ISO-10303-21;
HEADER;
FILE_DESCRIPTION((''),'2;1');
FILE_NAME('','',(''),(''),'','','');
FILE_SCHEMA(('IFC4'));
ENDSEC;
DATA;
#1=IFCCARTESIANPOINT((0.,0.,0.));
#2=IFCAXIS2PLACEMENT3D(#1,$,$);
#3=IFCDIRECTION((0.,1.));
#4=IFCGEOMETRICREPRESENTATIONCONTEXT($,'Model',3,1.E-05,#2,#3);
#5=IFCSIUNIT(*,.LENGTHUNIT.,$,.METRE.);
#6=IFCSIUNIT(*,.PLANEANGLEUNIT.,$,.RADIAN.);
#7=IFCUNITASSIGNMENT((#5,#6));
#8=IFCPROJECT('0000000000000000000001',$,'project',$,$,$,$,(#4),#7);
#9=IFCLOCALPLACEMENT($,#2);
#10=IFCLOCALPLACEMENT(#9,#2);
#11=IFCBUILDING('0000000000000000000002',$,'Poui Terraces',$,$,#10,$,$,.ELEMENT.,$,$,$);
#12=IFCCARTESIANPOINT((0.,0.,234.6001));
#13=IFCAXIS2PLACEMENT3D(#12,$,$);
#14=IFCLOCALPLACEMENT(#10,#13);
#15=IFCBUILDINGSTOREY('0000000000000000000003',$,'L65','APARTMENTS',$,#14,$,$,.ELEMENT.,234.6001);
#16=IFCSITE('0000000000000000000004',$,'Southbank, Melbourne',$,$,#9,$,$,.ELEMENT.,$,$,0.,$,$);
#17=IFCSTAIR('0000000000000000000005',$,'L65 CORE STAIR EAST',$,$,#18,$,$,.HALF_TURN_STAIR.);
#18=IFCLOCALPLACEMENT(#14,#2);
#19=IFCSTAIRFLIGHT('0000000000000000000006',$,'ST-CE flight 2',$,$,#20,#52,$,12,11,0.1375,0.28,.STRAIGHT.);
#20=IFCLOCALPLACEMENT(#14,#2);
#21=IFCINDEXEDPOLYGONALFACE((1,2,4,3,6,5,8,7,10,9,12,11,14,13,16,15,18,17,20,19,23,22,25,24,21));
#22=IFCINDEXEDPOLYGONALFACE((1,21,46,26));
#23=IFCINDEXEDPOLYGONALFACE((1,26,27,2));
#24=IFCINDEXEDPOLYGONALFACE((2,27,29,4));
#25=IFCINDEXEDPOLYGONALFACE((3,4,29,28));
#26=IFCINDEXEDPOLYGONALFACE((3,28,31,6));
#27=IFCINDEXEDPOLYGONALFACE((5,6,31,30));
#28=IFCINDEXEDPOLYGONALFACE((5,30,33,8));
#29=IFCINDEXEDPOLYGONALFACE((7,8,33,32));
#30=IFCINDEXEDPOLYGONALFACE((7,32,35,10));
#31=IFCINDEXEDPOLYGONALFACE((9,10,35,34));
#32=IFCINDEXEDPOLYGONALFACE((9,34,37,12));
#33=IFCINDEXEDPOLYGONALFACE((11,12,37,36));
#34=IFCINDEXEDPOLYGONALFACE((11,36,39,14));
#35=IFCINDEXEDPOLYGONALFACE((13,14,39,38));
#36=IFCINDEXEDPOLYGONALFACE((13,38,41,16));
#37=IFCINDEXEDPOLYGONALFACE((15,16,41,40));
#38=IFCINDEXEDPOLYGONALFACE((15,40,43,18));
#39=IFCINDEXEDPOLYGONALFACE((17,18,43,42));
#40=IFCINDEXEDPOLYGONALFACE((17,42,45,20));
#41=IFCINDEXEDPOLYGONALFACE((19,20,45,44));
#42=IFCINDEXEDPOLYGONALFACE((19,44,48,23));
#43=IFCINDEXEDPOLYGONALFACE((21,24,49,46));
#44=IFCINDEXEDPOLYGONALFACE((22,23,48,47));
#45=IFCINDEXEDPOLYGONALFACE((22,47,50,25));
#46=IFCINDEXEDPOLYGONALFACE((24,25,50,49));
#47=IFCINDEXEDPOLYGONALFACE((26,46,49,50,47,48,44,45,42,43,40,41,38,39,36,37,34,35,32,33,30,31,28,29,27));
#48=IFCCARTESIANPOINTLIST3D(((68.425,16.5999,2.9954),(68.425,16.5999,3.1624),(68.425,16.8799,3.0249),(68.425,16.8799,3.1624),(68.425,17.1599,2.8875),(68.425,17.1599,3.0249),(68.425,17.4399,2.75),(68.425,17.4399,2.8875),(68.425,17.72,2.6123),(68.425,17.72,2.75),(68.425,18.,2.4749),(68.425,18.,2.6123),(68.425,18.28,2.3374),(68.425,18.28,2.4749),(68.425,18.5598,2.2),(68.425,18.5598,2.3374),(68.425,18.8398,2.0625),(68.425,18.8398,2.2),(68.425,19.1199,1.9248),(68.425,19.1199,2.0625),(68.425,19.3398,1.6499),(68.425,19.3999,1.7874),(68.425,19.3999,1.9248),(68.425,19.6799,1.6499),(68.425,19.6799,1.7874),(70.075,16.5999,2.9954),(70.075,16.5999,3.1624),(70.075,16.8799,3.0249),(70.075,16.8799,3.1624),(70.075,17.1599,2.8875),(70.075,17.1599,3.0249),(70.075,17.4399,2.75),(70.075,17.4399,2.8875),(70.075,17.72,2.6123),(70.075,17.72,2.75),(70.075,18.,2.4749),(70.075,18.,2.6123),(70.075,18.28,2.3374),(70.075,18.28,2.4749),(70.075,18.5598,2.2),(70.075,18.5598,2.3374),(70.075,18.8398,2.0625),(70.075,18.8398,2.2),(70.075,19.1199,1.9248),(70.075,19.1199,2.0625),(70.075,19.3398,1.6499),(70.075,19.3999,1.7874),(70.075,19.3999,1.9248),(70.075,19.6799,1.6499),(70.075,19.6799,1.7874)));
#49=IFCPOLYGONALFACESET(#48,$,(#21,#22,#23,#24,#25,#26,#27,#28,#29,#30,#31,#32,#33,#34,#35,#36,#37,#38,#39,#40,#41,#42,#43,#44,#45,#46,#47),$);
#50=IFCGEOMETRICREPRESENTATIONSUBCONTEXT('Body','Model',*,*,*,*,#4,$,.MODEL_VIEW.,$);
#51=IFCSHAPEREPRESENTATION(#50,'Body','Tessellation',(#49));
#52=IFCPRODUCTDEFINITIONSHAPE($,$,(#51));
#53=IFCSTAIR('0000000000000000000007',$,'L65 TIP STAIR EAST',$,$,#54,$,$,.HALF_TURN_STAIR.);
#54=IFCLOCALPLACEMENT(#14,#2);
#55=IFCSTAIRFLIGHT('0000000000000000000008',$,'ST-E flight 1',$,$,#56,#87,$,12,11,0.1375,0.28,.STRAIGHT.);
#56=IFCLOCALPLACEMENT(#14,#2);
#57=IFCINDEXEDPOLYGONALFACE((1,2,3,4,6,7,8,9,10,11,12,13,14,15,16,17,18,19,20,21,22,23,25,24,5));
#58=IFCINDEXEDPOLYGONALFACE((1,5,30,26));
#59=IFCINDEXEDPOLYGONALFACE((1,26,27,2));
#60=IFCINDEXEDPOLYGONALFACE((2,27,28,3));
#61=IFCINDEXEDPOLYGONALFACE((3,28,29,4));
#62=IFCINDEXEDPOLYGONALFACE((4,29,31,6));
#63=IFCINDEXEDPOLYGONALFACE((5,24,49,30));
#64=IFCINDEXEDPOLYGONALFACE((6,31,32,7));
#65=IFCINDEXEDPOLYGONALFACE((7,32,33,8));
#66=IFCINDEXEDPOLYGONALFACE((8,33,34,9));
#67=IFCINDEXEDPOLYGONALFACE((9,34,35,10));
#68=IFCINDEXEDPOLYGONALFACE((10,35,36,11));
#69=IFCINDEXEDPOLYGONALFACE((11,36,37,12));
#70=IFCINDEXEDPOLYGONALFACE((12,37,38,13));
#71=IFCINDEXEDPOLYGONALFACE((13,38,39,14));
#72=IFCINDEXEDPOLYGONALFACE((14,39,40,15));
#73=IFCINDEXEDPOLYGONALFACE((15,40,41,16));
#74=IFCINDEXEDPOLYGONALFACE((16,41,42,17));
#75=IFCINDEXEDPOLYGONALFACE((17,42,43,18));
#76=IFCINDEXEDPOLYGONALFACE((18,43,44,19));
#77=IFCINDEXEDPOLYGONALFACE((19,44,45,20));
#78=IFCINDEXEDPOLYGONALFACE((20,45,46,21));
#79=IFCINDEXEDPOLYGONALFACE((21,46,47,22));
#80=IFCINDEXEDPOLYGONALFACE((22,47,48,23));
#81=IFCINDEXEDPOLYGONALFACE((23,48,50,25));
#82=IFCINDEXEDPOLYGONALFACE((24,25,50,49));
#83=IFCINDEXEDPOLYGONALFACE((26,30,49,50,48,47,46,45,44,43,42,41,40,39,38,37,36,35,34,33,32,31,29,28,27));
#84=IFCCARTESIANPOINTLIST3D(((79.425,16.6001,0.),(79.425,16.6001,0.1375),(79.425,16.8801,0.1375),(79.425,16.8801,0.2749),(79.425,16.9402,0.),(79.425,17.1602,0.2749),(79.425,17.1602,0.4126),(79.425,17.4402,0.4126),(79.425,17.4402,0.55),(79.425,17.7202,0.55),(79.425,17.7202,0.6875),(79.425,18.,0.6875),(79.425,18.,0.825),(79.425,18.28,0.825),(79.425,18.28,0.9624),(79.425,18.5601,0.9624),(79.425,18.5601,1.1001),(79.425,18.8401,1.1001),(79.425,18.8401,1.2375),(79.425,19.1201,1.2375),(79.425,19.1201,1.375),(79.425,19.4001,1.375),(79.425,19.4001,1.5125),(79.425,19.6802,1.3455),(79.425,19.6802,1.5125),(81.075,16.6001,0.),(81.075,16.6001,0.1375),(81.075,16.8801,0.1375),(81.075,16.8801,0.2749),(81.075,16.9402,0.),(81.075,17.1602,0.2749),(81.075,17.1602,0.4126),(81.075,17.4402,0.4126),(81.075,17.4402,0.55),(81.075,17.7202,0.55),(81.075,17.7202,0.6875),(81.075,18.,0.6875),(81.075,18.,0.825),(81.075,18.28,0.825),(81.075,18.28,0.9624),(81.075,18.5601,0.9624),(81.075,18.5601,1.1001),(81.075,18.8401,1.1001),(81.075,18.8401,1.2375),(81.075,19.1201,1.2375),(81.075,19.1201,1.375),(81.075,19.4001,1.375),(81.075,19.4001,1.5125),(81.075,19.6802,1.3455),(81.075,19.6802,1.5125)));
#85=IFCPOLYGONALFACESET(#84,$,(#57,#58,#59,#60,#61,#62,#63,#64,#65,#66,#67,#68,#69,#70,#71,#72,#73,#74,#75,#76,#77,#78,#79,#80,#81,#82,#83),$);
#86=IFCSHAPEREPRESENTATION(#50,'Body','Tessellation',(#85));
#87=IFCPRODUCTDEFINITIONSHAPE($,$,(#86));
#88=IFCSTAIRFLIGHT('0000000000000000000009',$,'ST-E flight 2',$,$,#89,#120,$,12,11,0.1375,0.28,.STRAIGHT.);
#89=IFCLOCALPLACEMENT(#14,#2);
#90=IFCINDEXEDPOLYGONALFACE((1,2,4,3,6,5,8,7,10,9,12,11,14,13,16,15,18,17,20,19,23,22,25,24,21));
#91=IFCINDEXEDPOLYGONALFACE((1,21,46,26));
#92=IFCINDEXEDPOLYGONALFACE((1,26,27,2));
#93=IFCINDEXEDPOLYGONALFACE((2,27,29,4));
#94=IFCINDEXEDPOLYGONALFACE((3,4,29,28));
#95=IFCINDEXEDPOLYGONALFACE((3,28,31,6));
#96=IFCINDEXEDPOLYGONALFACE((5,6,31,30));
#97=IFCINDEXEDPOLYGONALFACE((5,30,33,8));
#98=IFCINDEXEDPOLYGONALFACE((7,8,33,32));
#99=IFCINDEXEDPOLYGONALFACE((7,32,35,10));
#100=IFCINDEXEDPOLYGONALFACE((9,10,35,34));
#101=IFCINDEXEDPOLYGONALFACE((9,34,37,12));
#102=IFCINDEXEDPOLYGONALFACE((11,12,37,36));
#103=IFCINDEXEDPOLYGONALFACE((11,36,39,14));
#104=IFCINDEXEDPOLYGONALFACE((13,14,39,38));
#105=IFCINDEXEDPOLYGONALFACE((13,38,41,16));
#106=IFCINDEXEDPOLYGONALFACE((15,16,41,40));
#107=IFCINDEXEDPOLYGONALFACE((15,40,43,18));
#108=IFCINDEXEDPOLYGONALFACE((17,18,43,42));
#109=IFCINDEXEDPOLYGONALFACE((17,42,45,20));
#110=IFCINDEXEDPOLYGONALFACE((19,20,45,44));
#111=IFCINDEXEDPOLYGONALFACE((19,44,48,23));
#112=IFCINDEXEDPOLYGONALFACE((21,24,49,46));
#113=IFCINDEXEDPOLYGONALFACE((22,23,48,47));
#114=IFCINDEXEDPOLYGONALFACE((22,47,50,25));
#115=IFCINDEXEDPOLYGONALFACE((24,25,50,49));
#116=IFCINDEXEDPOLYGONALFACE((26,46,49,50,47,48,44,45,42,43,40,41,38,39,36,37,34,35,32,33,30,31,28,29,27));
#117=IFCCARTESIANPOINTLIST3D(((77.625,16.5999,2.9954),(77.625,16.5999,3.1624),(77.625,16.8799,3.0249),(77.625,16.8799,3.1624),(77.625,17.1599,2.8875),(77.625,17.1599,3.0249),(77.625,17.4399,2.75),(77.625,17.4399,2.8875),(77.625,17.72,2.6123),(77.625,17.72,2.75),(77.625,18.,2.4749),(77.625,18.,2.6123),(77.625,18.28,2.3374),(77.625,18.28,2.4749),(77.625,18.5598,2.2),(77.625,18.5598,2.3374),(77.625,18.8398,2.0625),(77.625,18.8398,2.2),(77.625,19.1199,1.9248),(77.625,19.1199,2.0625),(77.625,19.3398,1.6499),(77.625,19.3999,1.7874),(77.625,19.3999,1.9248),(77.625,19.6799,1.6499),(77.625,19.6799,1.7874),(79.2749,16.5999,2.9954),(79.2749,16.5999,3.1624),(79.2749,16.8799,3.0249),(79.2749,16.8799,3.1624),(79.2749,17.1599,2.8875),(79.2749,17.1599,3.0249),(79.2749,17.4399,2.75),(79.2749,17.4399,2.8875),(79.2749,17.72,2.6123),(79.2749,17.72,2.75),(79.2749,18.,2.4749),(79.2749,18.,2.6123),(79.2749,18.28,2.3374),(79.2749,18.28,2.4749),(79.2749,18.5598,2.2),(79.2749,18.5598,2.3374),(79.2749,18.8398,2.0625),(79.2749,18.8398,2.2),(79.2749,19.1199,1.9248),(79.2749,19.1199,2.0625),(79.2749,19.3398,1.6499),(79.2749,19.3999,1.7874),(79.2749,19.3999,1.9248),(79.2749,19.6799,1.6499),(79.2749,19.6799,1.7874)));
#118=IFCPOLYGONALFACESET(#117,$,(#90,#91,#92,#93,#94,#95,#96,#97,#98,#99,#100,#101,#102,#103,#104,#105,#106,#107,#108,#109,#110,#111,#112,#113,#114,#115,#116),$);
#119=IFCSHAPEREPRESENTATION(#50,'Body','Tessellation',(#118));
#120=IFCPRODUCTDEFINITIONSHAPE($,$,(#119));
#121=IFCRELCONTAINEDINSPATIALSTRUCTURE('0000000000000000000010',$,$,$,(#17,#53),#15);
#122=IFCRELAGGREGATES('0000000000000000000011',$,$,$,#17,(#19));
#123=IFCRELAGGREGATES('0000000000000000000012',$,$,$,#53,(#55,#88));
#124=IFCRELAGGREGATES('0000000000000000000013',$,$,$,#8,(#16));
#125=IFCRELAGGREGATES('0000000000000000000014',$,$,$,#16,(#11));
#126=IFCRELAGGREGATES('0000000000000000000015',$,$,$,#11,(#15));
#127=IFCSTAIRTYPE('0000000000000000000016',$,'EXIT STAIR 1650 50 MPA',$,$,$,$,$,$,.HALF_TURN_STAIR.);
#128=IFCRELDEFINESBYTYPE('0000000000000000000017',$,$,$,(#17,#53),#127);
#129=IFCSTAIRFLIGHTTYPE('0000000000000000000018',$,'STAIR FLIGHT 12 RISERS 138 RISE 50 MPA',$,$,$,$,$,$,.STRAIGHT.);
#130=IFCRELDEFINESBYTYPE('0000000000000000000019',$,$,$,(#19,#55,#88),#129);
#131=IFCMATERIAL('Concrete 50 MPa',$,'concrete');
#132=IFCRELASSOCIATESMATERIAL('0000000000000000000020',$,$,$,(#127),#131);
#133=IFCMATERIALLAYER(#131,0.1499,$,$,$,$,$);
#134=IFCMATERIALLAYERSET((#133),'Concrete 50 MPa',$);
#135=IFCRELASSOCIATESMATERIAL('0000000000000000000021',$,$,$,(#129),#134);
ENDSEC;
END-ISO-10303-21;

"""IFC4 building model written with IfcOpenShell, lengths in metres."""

from ifc_helpers import new_model, si_unit, direction, frame, origin, place, context, subcontext, project, spatial, polyline, outline, extrude, material, layer, layer_set, type_object, element, aggregate, save


model = new_model("IFC4")

# Units and contexts
model_context = context("Model", 3, precision=1e-05, world=origin(), true_north=direction((0.0, 1.0)))
body_context = subcontext(model_context, "Body", "Model", "MODEL_VIEW")
ifc_project = project(units=[si_unit("LENGTHUNIT", "METRE"), si_unit("PLANEANGLEUNIT", "RADIAN")], contexts=[model_context])

# Site, building, storey
site_placement = place(None, origin())
site = spatial("IfcSite", under=ifc_project, at=site_placement, Name="Southbank, Melbourne", CompositionType="ELEMENT", RefElevation=0.0)
building_placement = place(site_placement, origin())
building = spatial("IfcBuilding", under=site, at=building_placement, Name="Poui Terraces", CompositionType="ELEMENT")
storey_placement = place(building_placement, frame((0.0, 0.0, 234.6001)))
storey = spatial("IfcBuildingStorey", under=building, at=storey_placement, Name="L65", Description="APARTMENTS", CompositionType="ELEMENT", Elevation=234.6001)

# Shared definitions
ifc_material_1 = material(Name="Concrete 50 MPa", Category="concrete")

# Stairs, stair flights
stair_type = type_object("IfcStairType", Name="EXIT STAIR 1650 50 MPA", PredefinedType="HALF_TURN_STAIR", material=ifc_material_1)
stair_1_placement = place(storey_placement, origin())
stair_1 = element("IfcStair", 1, at=stair_1_placement, inside=storey, type_object=stair_type, Name="L65 CORE STAIR EAST", PredefinedType="HALF_TURN_STAIR")
ifc_layer_1 = layer(ifc_material_1, 0.1499)
ifc_layer_set_1 = layer_set([ifc_layer_1], Name="Concrete 50 MPa")
stair_flight_type = type_object("IfcStairFlightType", Name="STAIR FLIGHT 12 RISERS 138 RISE 50 MPA", PredefinedType="STRAIGHT", material=ifc_layer_set_1)
stair_flight_1_placement = place(storey_placement, frame((69.25, 19.6799, 1.6499), z_axis=(0.0, 0.0, 1.0), x_axis=(0.0, -1.0, 0.0)))
stair_flight_1 = element("IfcStairFlight", 2, at=stair_flight_1_placement, type_object=stair_flight_type, Name="ST-CE flight 2", NumberOfRisers=12, NumberOfTreads=11, PredefinedType="STRAIGHT", RiserHeight=0.1375, TreadLength=0.28, context=body_context, shape_type="SweptSolid", body=[
    extrude(outline(polyline([(0.0, 0.0), (0.0, 0.1375), (0.28, 0.1375), (0.28, 0.2749), (0.5601, 0.2749), (0.5601, 0.4126), (0.8401, 0.4126), (0.8401, 0.55), (1.1201, 0.55), (1.1201, 0.6875), (1.3999, 0.6875), (1.3999, 0.825), (1.6799, 0.825), (1.6799, 0.9624), (1.96, 0.9624), (1.96, 1.1001), (2.24, 1.1001), (2.24, 1.2375), (2.52, 1.2375), (2.52, 1.375), (2.8, 1.375), (2.8, 1.5125), (3.0801, 1.5125), (3.0801, 1.6499), (3.0801, 1.3455), (0.3401, 0.0), (0.0, 0.0)])), frame((0.0, 0.825, 0.0), z_axis=(0.0, -1.0, 0.0), x_axis=(1.0, 0.0, 0.0)), (0.0, 0.0, 1.0), 1.6499),
])
aggregate(stair_1, [stair_flight_1])
stair_2_placement = place(storey_placement, origin())
stair_2 = element("IfcStair", 3, at=stair_2_placement, inside=storey, type_object=stair_type, Name="L65 TIP STAIR EAST", PredefinedType="HALF_TURN_STAIR")
stair_flight_2_placement = place(storey_placement, frame((80.25, 16.6001, 0.0), z_axis=(0.0, 0.0, 1.0), x_axis=(0.0, 1.0, 0.0)))
stair_flight_2 = element("IfcStairFlight", 4, at=stair_flight_2_placement, type_object=stair_flight_type, Name="ST-E flight 1", NumberOfRisers=12, NumberOfTreads=11, PredefinedType="STRAIGHT", RiserHeight=0.1375, TreadLength=0.28, context=body_context, shape_type="SweptSolid", body=[
    extrude(outline(polyline([(0.0, 0.0), (0.0, 0.1375), (0.28, 0.1375), (0.28, 0.2749), (0.5601, 0.2749), (0.5601, 0.4126), (0.8401, 0.4126), (0.8401, 0.55), (1.1201, 0.55), (1.1201, 0.6875), (1.3999, 0.6875), (1.3999, 0.825), (1.6799, 0.825), (1.6799, 0.9624), (1.96, 0.9624), (1.96, 1.1001), (2.24, 1.1001), (2.24, 1.2375), (2.52, 1.2375), (2.52, 1.375), (2.8, 1.375), (2.8, 1.5125), (3.0801, 1.5125), (3.0801, 1.6499), (3.0801, 1.3455), (0.3401, 0.0), (0.0, 0.0)])), frame((0.0, 0.825, 0.0), z_axis=(0.0, -1.0, 0.0), x_axis=(1.0, 0.0, 0.0)), (0.0, 0.0, 1.0), 1.6499),
])
stair_flight_3_placement = place(storey_placement, frame((78.45, 19.6799, 1.6499), z_axis=(0.0, 0.0, 1.0), x_axis=(0.0, -1.0, 0.0)))
stair_flight_3 = element("IfcStairFlight", 5, at=stair_flight_3_placement, type_object=stair_flight_type, Name="ST-E flight 2", NumberOfRisers=12, NumberOfTreads=11, PredefinedType="STRAIGHT", RiserHeight=0.1375, TreadLength=0.28, context=body_context, shape_type="SweptSolid", body=[
    extrude(outline(polyline([(0.0, 0.0), (0.0, 0.1375), (0.28, 0.1375), (0.28, 0.2749), (0.5601, 0.2749), (0.5601, 0.4126), (0.8401, 0.4126), (0.8401, 0.55), (1.1201, 0.55), (1.1201, 0.6875), (1.3999, 0.6875), (1.3999, 0.825), (1.6799, 0.825), (1.6799, 0.9624), (1.96, 0.9624), (1.96, 1.1001), (2.24, 1.1001), (2.24, 1.2375), (2.52, 1.2375), (2.52, 1.375), (2.8, 1.375), (2.8, 1.5125), (3.0801, 1.5125), (3.0801, 1.6499), (3.0801, 1.3455), (0.3401, 0.0), (0.0, 0.0)])), frame((0.0, 0.825, 0.0), z_axis=(0.0, -1.0, 0.0), x_axis=(1.0, 0.0, 0.0)), (0.0, 0.0, 1.0), 1.6499),
])
aggregate(stair_2, [stair_flight_2, stair_flight_3])

save(model, "model.ifc")
